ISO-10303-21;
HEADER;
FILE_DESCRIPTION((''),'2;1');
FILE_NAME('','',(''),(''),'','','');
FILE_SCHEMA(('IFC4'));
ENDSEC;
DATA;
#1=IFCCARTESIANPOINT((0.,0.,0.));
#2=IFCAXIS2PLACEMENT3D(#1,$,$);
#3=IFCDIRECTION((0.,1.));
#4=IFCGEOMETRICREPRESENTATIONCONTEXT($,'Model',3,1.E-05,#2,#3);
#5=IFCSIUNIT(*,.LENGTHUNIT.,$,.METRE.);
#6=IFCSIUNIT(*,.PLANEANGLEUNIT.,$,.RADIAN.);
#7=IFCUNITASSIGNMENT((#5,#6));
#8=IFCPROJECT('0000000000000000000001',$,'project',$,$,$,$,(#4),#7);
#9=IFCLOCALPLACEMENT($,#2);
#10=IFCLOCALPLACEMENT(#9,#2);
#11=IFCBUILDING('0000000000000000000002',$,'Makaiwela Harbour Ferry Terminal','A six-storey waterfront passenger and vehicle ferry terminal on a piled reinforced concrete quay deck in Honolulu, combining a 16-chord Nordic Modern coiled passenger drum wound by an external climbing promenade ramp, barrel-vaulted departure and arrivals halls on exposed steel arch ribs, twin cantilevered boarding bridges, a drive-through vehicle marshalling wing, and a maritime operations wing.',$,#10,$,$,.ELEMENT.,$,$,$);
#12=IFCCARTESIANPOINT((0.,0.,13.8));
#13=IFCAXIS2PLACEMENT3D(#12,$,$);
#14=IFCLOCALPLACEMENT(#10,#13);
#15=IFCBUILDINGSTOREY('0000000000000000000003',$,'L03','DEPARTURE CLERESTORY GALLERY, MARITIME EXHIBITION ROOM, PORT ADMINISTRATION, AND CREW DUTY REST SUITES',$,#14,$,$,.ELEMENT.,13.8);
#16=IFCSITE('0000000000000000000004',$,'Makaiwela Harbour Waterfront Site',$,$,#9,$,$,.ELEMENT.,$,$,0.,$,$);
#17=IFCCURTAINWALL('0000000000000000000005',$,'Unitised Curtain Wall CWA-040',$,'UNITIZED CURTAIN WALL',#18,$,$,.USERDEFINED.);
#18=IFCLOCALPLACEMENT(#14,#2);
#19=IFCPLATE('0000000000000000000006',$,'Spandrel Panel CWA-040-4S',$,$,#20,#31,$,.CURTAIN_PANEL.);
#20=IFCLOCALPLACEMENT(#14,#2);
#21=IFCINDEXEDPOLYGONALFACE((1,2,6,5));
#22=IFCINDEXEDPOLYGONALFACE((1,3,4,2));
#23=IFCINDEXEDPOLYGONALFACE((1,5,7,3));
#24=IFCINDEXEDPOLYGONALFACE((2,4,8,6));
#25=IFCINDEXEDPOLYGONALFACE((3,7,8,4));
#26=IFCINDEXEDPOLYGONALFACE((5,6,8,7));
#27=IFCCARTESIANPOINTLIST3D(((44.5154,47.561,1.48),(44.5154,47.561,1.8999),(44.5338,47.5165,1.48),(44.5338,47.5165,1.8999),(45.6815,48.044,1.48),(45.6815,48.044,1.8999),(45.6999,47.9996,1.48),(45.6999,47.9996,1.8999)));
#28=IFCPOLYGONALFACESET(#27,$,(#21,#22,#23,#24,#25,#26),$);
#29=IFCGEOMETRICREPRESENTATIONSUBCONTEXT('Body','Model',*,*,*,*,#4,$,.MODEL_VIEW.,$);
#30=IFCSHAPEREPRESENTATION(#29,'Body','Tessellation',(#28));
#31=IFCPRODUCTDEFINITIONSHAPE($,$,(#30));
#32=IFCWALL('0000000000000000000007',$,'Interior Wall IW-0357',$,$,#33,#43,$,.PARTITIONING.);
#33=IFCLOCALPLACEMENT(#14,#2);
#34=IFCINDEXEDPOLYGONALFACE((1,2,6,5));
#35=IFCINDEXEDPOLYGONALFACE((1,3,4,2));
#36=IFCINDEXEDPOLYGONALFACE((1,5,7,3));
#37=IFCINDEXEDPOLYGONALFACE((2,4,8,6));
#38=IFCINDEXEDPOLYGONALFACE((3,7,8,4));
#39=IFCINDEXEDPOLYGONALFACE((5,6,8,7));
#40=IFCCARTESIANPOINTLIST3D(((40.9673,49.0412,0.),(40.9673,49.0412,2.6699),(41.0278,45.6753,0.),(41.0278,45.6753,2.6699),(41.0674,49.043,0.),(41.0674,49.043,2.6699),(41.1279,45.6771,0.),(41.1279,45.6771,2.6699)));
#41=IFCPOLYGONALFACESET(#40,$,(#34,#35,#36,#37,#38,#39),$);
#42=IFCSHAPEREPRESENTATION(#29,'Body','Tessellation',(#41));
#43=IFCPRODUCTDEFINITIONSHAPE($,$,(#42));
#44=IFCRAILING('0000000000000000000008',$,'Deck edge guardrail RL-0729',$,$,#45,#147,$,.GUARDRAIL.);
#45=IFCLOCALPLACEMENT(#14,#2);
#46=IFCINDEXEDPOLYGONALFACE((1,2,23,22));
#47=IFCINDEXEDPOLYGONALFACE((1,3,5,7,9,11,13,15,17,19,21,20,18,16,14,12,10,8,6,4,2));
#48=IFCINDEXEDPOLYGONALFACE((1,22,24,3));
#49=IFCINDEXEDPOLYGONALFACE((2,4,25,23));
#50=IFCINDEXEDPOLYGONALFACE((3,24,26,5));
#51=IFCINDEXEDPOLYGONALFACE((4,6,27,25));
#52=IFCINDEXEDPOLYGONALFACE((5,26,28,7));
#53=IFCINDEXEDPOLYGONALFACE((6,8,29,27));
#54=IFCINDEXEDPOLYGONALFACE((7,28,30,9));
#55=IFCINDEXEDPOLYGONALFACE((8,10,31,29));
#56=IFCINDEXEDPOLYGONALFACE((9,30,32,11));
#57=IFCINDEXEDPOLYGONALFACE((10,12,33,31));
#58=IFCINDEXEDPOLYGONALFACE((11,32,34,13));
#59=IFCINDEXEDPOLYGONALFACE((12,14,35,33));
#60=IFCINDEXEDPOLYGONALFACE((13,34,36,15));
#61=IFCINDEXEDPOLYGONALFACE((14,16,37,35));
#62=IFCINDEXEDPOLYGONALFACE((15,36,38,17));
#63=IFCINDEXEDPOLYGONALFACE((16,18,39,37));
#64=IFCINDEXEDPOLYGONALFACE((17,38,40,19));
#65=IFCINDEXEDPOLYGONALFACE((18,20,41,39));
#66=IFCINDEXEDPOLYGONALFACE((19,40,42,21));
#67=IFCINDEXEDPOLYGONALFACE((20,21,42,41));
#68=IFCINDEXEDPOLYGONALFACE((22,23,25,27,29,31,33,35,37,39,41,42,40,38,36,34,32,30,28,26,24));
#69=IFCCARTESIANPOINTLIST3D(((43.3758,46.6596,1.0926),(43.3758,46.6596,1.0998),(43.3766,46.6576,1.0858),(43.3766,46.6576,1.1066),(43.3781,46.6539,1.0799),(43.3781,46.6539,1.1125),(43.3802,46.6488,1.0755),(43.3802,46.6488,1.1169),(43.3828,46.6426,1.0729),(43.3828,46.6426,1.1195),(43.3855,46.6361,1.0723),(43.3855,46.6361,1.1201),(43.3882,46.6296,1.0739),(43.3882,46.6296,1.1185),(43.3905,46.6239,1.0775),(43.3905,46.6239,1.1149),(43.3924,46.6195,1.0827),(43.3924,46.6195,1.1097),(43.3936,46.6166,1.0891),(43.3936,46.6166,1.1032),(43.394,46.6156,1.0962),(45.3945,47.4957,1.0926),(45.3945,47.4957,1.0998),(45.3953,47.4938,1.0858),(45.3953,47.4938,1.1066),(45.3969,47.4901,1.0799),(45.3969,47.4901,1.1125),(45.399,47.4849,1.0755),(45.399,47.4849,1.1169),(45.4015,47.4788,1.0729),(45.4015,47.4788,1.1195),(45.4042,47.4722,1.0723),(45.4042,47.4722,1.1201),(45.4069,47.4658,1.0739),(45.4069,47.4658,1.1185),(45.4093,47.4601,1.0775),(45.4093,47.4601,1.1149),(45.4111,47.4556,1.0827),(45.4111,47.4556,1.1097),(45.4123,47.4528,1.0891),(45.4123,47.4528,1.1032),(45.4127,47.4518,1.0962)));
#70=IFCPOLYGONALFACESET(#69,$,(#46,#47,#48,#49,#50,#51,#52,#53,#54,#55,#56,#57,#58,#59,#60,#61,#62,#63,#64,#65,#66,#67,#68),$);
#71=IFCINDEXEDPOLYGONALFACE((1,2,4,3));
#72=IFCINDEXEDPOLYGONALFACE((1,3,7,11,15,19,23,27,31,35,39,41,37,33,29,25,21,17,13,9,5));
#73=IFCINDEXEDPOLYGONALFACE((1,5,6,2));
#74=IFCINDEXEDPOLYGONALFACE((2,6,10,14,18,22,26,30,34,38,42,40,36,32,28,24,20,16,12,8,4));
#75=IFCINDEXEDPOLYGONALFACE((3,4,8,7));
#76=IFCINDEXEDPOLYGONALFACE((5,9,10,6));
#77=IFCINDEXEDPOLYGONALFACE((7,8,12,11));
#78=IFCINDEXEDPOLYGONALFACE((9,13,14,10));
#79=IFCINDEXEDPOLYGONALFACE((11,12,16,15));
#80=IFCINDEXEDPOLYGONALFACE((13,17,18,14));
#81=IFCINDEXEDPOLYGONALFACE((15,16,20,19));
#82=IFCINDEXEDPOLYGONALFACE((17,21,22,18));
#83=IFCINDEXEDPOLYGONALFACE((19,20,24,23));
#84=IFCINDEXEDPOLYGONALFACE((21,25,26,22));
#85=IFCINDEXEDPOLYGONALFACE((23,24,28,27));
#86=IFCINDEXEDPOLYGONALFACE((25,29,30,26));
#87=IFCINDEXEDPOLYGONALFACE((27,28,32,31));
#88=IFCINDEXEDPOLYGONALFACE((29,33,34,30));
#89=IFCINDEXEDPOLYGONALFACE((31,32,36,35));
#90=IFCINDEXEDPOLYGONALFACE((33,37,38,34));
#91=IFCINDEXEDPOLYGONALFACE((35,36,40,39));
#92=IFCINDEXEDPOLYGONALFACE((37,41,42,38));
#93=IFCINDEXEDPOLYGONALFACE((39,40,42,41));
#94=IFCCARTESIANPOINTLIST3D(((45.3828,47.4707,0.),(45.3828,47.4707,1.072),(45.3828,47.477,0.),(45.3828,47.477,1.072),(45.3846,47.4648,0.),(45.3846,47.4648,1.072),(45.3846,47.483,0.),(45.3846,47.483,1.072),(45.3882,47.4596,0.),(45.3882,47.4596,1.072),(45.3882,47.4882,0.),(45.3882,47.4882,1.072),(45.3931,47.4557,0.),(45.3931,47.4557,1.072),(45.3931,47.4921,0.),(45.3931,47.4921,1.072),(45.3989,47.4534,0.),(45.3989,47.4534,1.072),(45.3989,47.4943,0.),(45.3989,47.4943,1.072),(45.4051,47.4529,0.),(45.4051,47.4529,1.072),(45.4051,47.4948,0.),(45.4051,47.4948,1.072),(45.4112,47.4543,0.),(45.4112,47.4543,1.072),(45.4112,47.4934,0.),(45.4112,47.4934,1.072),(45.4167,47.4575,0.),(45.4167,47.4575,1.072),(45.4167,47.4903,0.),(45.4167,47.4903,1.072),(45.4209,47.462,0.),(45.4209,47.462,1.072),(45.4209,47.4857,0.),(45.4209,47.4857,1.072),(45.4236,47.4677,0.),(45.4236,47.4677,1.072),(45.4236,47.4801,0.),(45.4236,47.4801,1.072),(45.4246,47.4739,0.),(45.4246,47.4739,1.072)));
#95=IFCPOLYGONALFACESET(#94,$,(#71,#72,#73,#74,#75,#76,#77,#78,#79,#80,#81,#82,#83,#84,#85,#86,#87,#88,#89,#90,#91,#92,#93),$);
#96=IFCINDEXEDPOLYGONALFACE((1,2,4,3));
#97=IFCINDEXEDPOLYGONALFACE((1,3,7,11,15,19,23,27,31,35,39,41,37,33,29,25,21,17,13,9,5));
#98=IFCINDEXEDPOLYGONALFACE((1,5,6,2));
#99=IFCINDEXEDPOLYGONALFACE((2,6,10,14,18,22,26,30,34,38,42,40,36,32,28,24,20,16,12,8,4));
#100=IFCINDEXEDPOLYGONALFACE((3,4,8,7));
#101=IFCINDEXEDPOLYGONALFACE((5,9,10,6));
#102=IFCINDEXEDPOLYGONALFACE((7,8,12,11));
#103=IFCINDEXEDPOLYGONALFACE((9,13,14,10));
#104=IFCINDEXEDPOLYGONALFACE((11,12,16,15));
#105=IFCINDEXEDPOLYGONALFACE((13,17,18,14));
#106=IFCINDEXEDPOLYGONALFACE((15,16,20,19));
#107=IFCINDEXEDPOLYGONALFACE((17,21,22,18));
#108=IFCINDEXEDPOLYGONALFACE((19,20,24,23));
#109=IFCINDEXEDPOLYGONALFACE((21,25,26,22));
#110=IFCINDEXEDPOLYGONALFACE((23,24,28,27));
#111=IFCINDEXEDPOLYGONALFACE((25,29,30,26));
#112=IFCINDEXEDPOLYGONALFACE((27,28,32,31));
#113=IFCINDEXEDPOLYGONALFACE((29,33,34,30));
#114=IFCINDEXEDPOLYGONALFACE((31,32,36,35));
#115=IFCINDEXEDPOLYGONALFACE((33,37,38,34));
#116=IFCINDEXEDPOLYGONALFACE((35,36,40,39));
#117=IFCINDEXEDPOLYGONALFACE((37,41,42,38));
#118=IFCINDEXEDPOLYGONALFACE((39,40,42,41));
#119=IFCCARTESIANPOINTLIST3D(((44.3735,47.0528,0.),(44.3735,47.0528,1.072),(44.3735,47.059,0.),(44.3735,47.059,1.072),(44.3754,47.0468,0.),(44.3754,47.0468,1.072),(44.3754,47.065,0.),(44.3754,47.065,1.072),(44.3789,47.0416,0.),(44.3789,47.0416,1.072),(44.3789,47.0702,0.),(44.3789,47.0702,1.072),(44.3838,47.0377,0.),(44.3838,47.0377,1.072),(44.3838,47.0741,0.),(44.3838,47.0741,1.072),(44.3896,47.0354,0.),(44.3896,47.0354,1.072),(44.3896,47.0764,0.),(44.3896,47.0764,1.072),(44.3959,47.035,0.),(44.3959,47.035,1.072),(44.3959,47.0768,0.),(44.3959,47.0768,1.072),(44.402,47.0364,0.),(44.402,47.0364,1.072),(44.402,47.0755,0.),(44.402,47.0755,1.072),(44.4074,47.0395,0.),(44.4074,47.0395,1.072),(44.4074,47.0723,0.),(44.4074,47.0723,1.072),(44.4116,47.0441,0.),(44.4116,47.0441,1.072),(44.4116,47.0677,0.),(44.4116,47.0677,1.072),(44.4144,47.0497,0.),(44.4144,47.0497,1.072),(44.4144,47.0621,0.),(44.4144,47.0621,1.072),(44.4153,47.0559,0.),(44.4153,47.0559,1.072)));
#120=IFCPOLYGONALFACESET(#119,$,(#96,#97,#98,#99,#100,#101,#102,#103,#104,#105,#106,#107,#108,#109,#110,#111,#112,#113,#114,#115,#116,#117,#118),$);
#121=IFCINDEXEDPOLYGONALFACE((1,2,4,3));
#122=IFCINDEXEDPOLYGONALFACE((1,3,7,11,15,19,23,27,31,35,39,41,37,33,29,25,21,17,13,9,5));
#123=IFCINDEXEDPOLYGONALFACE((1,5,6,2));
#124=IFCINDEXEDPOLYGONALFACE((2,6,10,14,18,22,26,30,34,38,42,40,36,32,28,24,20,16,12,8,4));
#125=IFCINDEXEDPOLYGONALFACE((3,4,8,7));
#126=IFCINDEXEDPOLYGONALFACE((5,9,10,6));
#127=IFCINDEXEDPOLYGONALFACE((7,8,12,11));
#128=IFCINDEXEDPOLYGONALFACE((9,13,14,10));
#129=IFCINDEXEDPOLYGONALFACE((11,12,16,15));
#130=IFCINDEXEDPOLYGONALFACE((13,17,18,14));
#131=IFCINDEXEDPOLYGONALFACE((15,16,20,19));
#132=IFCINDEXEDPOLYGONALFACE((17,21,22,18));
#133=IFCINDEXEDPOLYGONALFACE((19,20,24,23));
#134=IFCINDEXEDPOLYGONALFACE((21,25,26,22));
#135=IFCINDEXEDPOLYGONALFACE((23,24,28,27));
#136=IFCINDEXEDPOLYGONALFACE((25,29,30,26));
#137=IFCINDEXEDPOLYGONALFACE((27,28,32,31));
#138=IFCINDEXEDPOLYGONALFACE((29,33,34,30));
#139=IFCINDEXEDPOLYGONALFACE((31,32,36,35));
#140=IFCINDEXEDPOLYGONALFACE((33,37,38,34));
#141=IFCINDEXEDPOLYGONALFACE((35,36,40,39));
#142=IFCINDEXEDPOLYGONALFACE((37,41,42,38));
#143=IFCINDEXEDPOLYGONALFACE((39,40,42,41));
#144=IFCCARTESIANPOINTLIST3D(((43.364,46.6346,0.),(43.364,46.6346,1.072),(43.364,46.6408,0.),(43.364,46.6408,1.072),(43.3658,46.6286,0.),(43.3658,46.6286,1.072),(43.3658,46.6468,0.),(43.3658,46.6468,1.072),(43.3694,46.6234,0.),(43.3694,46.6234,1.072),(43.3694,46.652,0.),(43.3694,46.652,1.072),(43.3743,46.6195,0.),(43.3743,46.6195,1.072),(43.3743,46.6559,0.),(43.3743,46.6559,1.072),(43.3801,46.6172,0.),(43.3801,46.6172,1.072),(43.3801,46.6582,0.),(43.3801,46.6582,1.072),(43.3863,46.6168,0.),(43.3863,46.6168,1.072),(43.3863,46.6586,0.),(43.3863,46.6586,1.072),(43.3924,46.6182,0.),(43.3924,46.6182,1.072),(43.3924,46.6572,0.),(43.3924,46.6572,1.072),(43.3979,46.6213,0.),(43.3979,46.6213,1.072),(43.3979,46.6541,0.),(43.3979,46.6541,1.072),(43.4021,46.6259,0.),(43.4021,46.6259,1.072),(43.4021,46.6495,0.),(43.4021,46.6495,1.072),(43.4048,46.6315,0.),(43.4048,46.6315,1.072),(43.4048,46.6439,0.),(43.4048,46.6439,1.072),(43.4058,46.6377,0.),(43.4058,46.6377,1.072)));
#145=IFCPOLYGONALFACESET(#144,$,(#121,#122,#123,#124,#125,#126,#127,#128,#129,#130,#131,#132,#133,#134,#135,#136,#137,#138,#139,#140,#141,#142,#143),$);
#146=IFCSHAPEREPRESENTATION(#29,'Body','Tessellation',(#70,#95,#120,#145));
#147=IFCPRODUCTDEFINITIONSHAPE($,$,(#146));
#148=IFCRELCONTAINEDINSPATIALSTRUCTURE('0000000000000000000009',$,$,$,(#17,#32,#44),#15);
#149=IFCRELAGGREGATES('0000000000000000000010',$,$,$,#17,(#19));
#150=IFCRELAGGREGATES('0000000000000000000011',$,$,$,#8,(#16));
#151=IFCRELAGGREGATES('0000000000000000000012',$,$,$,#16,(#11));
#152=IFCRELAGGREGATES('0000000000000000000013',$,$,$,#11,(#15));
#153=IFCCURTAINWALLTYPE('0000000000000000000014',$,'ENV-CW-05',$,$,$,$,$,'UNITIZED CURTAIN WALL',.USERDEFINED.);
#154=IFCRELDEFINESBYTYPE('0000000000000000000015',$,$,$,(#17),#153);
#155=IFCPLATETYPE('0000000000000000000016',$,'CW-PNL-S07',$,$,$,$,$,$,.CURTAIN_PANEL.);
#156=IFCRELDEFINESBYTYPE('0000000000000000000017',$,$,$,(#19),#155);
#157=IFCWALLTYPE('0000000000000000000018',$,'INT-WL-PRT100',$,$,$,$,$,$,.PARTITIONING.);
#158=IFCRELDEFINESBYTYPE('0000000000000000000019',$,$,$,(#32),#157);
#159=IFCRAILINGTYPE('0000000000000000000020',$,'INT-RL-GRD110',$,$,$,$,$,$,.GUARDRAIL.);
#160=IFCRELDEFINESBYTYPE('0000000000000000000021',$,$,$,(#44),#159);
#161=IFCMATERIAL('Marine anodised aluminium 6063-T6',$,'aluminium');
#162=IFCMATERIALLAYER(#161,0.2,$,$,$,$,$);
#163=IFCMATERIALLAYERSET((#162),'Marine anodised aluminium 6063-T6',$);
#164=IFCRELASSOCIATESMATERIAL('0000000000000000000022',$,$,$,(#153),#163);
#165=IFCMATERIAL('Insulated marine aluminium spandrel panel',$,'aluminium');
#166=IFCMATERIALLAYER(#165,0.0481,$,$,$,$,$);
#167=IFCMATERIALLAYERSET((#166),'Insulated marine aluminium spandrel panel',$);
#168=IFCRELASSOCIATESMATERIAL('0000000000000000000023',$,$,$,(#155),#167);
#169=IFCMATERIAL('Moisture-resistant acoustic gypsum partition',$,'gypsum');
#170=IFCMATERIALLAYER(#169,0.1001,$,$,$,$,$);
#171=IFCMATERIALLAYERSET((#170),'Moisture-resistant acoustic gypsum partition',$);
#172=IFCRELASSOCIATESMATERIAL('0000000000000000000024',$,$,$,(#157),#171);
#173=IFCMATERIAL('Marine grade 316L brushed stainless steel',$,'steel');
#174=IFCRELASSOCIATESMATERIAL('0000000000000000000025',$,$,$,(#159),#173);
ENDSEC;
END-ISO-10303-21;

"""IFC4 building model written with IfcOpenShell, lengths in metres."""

from ifc_helpers import new_model, si_unit, direction, frame, frame_2d, origin, origin_2d, place, context, subcontext, project, spatial, rectangle, circle, extrude, material, layer, layer_set, type_object, element, aggregate, save


model = new_model("IFC4")

# Units and contexts
model_context = context("Model", 3, precision=1e-05, world=origin(), true_north=direction((0.0, 1.0)))
body_context = subcontext(model_context, "Body", "Model", "MODEL_VIEW")
ifc_project = project(units=[si_unit("LENGTHUNIT", "METRE"), si_unit("PLANEANGLEUNIT", "RADIAN")], contexts=[model_context])

# Site, building, storey
site_placement = place(None, origin())
site = spatial("IfcSite", under=ifc_project, at=site_placement, Name="Makaiwela Harbour Waterfront Site", CompositionType="ELEMENT", RefElevation=0.0)
building_placement = place(site_placement, origin())
building = spatial("IfcBuilding", under=site, at=building_placement, Name="Makaiwela Harbour Ferry Terminal", Description="A six-storey waterfront passenger and vehicle ferry terminal on a piled reinforced concrete quay deck in Honolulu, combining a 16-chord Nordic Modern coiled passenger drum wound by an external climbing promenade ramp, barrel-vaulted departure and arrivals halls on exposed steel arch ribs, twin cantilevered boarding bridges, a drive-through vehicle marshalling wing, and a maritime operations wing.", CompositionType="ELEMENT")
storey_placement = place(building_placement, frame((0.0, 0.0, 13.8)))
storey = spatial("IfcBuildingStorey", under=building, at=storey_placement, Name="L03", Description="DEPARTURE CLERESTORY GALLERY, MARITIME EXHIBITION ROOM, PORT ADMINISTRATION, AND CREW DUTY REST SUITES", CompositionType="ELEMENT", Elevation=13.8)

# Curtain wall
ifc_material_1 = material(Name="Marine anodised aluminium 6063-T6", Category="aluminium")
ifc_layer_1 = layer(ifc_material_1, 0.2)
ifc_layer_set_1 = layer_set([ifc_layer_1], Name="Marine anodised aluminium 6063-T6")
curtain_wall_type = type_object("IfcCurtainWallType", Name="ENV-CW-05", ElementType="UNITIZED CURTAIN WALL", PredefinedType="USERDEFINED", material=ifc_layer_set_1)
curtain_wall_placement = place(storey_placement, origin())
curtain_wall = element("IfcCurtainWall", 1, at=curtain_wall_placement, inside=storey, type_object=curtain_wall_type, Name="Unitised Curtain Wall CWA-040", ObjectType="UNITIZED CURTAIN WALL", PredefinedType="USERDEFINED")

# Plate
ifc_material_2 = material(Name="Insulated marine aluminium spandrel panel", Category="aluminium")
ifc_layer_2 = layer(ifc_material_2, 0.0481)
ifc_layer_set_2 = layer_set([ifc_layer_2], Name="Insulated marine aluminium spandrel panel")
plate_type_1 = type_object("IfcPlateType", Name="CW-PNL-S07", PredefinedType="CURTAIN_PANEL", material=ifc_layer_set_2)
plate_1_placement = place(storey_placement, frame((45.1077, 47.7803, 1.48), z_axis=(0.0, 0.0, 1.0), x_axis=(0.92388, 0.382683, 0.0)))
plate_1 = element("IfcPlate", 2, at=plate_1_placement, type_object=plate_type_1, Name="Spandrel Panel CWA-040-4S", PredefinedType="CURTAIN_PANEL", context=body_context, shape_type="SweptSolid", body=[
    extrude(rectangle(XDim=1.2622, YDim=0.0481, at=origin_2d()), origin(), (0.0, 0.0, 1.0), 0.4199),
])
aggregate(curtain_wall, [plate_1])

# Wall
ifc_material_3 = material(Name="Moisture-resistant acoustic gypsum partition", Category="gypsum")
ifc_layer_3 = layer(ifc_material_3, 0.1001)
ifc_layer_set_3 = layer_set([ifc_layer_3], Name="Moisture-resistant acoustic gypsum partition")
wall_type = type_object("IfcWallType", Name="INT-WL-PRT100", PredefinedType="PARTITIONING", material=ifc_layer_set_3)
wall_placement = place(storey_placement, frame((41.0173, 49.042, 0.0), z_axis=(0.0, 0.0, 1.0), x_axis=(0.017985, -0.999838, 0.0)))
element("IfcWall", 3, at=wall_placement, inside=storey, type_object=wall_type, Name="Interior Wall IW-0357", PredefinedType="PARTITIONING", context=body_context, shape_type="SweptSolid", body=[
    extrude(rectangle(XDim=3.3665, YDim=0.1001, at=frame_2d((1.6831, 0.0))), origin(), (0.0, 0.0, 1.0), 2.6699),
])

# Railing
ifc_material_4 = material(Name="Marine grade 316L brushed stainless steel", Category="steel")
railing_type = type_object("IfcRailingType", Name="INT-RL-GRD110", PredefinedType="GUARDRAIL", material=ifc_material_4)
railing_1_placement = place(storey_placement, frame((45.4036, 47.4739, 0.0)))
element("IfcRailing", 4, at=railing_1_placement, inside=storey, type_object=railing_type, Name="Deck edge guardrail RL-0729", PredefinedType="GUARDRAIL", context=body_context, shape_type="SweptSolid", body=[
    extrude(circle(Radius=0.0239, at=origin_2d()), frame((0.0, 0.0, 1.0962), z_axis=(-0.923885, -0.382671, 0.0), x_axis=(0.382671, -0.923885, 0.0)), (0.0, 0.0, 1.0), 2.1851),
    extrude(circle(Radius=0.021, at=origin_2d()), origin(), (0.0, 0.0, 1.0), 1.072),
    extrude(circle(Radius=0.021, at=origin_2d()), frame((-1.0093, -0.418, 0.0)), (0.0, 0.0, 1.0), 1.072),
    extrude(circle(Radius=0.021, at=origin_2d()), frame((-2.0188, -0.8362, 0.0)), (0.0, 0.0, 1.0), 1.072),
])

save(model, "model.ifc")
